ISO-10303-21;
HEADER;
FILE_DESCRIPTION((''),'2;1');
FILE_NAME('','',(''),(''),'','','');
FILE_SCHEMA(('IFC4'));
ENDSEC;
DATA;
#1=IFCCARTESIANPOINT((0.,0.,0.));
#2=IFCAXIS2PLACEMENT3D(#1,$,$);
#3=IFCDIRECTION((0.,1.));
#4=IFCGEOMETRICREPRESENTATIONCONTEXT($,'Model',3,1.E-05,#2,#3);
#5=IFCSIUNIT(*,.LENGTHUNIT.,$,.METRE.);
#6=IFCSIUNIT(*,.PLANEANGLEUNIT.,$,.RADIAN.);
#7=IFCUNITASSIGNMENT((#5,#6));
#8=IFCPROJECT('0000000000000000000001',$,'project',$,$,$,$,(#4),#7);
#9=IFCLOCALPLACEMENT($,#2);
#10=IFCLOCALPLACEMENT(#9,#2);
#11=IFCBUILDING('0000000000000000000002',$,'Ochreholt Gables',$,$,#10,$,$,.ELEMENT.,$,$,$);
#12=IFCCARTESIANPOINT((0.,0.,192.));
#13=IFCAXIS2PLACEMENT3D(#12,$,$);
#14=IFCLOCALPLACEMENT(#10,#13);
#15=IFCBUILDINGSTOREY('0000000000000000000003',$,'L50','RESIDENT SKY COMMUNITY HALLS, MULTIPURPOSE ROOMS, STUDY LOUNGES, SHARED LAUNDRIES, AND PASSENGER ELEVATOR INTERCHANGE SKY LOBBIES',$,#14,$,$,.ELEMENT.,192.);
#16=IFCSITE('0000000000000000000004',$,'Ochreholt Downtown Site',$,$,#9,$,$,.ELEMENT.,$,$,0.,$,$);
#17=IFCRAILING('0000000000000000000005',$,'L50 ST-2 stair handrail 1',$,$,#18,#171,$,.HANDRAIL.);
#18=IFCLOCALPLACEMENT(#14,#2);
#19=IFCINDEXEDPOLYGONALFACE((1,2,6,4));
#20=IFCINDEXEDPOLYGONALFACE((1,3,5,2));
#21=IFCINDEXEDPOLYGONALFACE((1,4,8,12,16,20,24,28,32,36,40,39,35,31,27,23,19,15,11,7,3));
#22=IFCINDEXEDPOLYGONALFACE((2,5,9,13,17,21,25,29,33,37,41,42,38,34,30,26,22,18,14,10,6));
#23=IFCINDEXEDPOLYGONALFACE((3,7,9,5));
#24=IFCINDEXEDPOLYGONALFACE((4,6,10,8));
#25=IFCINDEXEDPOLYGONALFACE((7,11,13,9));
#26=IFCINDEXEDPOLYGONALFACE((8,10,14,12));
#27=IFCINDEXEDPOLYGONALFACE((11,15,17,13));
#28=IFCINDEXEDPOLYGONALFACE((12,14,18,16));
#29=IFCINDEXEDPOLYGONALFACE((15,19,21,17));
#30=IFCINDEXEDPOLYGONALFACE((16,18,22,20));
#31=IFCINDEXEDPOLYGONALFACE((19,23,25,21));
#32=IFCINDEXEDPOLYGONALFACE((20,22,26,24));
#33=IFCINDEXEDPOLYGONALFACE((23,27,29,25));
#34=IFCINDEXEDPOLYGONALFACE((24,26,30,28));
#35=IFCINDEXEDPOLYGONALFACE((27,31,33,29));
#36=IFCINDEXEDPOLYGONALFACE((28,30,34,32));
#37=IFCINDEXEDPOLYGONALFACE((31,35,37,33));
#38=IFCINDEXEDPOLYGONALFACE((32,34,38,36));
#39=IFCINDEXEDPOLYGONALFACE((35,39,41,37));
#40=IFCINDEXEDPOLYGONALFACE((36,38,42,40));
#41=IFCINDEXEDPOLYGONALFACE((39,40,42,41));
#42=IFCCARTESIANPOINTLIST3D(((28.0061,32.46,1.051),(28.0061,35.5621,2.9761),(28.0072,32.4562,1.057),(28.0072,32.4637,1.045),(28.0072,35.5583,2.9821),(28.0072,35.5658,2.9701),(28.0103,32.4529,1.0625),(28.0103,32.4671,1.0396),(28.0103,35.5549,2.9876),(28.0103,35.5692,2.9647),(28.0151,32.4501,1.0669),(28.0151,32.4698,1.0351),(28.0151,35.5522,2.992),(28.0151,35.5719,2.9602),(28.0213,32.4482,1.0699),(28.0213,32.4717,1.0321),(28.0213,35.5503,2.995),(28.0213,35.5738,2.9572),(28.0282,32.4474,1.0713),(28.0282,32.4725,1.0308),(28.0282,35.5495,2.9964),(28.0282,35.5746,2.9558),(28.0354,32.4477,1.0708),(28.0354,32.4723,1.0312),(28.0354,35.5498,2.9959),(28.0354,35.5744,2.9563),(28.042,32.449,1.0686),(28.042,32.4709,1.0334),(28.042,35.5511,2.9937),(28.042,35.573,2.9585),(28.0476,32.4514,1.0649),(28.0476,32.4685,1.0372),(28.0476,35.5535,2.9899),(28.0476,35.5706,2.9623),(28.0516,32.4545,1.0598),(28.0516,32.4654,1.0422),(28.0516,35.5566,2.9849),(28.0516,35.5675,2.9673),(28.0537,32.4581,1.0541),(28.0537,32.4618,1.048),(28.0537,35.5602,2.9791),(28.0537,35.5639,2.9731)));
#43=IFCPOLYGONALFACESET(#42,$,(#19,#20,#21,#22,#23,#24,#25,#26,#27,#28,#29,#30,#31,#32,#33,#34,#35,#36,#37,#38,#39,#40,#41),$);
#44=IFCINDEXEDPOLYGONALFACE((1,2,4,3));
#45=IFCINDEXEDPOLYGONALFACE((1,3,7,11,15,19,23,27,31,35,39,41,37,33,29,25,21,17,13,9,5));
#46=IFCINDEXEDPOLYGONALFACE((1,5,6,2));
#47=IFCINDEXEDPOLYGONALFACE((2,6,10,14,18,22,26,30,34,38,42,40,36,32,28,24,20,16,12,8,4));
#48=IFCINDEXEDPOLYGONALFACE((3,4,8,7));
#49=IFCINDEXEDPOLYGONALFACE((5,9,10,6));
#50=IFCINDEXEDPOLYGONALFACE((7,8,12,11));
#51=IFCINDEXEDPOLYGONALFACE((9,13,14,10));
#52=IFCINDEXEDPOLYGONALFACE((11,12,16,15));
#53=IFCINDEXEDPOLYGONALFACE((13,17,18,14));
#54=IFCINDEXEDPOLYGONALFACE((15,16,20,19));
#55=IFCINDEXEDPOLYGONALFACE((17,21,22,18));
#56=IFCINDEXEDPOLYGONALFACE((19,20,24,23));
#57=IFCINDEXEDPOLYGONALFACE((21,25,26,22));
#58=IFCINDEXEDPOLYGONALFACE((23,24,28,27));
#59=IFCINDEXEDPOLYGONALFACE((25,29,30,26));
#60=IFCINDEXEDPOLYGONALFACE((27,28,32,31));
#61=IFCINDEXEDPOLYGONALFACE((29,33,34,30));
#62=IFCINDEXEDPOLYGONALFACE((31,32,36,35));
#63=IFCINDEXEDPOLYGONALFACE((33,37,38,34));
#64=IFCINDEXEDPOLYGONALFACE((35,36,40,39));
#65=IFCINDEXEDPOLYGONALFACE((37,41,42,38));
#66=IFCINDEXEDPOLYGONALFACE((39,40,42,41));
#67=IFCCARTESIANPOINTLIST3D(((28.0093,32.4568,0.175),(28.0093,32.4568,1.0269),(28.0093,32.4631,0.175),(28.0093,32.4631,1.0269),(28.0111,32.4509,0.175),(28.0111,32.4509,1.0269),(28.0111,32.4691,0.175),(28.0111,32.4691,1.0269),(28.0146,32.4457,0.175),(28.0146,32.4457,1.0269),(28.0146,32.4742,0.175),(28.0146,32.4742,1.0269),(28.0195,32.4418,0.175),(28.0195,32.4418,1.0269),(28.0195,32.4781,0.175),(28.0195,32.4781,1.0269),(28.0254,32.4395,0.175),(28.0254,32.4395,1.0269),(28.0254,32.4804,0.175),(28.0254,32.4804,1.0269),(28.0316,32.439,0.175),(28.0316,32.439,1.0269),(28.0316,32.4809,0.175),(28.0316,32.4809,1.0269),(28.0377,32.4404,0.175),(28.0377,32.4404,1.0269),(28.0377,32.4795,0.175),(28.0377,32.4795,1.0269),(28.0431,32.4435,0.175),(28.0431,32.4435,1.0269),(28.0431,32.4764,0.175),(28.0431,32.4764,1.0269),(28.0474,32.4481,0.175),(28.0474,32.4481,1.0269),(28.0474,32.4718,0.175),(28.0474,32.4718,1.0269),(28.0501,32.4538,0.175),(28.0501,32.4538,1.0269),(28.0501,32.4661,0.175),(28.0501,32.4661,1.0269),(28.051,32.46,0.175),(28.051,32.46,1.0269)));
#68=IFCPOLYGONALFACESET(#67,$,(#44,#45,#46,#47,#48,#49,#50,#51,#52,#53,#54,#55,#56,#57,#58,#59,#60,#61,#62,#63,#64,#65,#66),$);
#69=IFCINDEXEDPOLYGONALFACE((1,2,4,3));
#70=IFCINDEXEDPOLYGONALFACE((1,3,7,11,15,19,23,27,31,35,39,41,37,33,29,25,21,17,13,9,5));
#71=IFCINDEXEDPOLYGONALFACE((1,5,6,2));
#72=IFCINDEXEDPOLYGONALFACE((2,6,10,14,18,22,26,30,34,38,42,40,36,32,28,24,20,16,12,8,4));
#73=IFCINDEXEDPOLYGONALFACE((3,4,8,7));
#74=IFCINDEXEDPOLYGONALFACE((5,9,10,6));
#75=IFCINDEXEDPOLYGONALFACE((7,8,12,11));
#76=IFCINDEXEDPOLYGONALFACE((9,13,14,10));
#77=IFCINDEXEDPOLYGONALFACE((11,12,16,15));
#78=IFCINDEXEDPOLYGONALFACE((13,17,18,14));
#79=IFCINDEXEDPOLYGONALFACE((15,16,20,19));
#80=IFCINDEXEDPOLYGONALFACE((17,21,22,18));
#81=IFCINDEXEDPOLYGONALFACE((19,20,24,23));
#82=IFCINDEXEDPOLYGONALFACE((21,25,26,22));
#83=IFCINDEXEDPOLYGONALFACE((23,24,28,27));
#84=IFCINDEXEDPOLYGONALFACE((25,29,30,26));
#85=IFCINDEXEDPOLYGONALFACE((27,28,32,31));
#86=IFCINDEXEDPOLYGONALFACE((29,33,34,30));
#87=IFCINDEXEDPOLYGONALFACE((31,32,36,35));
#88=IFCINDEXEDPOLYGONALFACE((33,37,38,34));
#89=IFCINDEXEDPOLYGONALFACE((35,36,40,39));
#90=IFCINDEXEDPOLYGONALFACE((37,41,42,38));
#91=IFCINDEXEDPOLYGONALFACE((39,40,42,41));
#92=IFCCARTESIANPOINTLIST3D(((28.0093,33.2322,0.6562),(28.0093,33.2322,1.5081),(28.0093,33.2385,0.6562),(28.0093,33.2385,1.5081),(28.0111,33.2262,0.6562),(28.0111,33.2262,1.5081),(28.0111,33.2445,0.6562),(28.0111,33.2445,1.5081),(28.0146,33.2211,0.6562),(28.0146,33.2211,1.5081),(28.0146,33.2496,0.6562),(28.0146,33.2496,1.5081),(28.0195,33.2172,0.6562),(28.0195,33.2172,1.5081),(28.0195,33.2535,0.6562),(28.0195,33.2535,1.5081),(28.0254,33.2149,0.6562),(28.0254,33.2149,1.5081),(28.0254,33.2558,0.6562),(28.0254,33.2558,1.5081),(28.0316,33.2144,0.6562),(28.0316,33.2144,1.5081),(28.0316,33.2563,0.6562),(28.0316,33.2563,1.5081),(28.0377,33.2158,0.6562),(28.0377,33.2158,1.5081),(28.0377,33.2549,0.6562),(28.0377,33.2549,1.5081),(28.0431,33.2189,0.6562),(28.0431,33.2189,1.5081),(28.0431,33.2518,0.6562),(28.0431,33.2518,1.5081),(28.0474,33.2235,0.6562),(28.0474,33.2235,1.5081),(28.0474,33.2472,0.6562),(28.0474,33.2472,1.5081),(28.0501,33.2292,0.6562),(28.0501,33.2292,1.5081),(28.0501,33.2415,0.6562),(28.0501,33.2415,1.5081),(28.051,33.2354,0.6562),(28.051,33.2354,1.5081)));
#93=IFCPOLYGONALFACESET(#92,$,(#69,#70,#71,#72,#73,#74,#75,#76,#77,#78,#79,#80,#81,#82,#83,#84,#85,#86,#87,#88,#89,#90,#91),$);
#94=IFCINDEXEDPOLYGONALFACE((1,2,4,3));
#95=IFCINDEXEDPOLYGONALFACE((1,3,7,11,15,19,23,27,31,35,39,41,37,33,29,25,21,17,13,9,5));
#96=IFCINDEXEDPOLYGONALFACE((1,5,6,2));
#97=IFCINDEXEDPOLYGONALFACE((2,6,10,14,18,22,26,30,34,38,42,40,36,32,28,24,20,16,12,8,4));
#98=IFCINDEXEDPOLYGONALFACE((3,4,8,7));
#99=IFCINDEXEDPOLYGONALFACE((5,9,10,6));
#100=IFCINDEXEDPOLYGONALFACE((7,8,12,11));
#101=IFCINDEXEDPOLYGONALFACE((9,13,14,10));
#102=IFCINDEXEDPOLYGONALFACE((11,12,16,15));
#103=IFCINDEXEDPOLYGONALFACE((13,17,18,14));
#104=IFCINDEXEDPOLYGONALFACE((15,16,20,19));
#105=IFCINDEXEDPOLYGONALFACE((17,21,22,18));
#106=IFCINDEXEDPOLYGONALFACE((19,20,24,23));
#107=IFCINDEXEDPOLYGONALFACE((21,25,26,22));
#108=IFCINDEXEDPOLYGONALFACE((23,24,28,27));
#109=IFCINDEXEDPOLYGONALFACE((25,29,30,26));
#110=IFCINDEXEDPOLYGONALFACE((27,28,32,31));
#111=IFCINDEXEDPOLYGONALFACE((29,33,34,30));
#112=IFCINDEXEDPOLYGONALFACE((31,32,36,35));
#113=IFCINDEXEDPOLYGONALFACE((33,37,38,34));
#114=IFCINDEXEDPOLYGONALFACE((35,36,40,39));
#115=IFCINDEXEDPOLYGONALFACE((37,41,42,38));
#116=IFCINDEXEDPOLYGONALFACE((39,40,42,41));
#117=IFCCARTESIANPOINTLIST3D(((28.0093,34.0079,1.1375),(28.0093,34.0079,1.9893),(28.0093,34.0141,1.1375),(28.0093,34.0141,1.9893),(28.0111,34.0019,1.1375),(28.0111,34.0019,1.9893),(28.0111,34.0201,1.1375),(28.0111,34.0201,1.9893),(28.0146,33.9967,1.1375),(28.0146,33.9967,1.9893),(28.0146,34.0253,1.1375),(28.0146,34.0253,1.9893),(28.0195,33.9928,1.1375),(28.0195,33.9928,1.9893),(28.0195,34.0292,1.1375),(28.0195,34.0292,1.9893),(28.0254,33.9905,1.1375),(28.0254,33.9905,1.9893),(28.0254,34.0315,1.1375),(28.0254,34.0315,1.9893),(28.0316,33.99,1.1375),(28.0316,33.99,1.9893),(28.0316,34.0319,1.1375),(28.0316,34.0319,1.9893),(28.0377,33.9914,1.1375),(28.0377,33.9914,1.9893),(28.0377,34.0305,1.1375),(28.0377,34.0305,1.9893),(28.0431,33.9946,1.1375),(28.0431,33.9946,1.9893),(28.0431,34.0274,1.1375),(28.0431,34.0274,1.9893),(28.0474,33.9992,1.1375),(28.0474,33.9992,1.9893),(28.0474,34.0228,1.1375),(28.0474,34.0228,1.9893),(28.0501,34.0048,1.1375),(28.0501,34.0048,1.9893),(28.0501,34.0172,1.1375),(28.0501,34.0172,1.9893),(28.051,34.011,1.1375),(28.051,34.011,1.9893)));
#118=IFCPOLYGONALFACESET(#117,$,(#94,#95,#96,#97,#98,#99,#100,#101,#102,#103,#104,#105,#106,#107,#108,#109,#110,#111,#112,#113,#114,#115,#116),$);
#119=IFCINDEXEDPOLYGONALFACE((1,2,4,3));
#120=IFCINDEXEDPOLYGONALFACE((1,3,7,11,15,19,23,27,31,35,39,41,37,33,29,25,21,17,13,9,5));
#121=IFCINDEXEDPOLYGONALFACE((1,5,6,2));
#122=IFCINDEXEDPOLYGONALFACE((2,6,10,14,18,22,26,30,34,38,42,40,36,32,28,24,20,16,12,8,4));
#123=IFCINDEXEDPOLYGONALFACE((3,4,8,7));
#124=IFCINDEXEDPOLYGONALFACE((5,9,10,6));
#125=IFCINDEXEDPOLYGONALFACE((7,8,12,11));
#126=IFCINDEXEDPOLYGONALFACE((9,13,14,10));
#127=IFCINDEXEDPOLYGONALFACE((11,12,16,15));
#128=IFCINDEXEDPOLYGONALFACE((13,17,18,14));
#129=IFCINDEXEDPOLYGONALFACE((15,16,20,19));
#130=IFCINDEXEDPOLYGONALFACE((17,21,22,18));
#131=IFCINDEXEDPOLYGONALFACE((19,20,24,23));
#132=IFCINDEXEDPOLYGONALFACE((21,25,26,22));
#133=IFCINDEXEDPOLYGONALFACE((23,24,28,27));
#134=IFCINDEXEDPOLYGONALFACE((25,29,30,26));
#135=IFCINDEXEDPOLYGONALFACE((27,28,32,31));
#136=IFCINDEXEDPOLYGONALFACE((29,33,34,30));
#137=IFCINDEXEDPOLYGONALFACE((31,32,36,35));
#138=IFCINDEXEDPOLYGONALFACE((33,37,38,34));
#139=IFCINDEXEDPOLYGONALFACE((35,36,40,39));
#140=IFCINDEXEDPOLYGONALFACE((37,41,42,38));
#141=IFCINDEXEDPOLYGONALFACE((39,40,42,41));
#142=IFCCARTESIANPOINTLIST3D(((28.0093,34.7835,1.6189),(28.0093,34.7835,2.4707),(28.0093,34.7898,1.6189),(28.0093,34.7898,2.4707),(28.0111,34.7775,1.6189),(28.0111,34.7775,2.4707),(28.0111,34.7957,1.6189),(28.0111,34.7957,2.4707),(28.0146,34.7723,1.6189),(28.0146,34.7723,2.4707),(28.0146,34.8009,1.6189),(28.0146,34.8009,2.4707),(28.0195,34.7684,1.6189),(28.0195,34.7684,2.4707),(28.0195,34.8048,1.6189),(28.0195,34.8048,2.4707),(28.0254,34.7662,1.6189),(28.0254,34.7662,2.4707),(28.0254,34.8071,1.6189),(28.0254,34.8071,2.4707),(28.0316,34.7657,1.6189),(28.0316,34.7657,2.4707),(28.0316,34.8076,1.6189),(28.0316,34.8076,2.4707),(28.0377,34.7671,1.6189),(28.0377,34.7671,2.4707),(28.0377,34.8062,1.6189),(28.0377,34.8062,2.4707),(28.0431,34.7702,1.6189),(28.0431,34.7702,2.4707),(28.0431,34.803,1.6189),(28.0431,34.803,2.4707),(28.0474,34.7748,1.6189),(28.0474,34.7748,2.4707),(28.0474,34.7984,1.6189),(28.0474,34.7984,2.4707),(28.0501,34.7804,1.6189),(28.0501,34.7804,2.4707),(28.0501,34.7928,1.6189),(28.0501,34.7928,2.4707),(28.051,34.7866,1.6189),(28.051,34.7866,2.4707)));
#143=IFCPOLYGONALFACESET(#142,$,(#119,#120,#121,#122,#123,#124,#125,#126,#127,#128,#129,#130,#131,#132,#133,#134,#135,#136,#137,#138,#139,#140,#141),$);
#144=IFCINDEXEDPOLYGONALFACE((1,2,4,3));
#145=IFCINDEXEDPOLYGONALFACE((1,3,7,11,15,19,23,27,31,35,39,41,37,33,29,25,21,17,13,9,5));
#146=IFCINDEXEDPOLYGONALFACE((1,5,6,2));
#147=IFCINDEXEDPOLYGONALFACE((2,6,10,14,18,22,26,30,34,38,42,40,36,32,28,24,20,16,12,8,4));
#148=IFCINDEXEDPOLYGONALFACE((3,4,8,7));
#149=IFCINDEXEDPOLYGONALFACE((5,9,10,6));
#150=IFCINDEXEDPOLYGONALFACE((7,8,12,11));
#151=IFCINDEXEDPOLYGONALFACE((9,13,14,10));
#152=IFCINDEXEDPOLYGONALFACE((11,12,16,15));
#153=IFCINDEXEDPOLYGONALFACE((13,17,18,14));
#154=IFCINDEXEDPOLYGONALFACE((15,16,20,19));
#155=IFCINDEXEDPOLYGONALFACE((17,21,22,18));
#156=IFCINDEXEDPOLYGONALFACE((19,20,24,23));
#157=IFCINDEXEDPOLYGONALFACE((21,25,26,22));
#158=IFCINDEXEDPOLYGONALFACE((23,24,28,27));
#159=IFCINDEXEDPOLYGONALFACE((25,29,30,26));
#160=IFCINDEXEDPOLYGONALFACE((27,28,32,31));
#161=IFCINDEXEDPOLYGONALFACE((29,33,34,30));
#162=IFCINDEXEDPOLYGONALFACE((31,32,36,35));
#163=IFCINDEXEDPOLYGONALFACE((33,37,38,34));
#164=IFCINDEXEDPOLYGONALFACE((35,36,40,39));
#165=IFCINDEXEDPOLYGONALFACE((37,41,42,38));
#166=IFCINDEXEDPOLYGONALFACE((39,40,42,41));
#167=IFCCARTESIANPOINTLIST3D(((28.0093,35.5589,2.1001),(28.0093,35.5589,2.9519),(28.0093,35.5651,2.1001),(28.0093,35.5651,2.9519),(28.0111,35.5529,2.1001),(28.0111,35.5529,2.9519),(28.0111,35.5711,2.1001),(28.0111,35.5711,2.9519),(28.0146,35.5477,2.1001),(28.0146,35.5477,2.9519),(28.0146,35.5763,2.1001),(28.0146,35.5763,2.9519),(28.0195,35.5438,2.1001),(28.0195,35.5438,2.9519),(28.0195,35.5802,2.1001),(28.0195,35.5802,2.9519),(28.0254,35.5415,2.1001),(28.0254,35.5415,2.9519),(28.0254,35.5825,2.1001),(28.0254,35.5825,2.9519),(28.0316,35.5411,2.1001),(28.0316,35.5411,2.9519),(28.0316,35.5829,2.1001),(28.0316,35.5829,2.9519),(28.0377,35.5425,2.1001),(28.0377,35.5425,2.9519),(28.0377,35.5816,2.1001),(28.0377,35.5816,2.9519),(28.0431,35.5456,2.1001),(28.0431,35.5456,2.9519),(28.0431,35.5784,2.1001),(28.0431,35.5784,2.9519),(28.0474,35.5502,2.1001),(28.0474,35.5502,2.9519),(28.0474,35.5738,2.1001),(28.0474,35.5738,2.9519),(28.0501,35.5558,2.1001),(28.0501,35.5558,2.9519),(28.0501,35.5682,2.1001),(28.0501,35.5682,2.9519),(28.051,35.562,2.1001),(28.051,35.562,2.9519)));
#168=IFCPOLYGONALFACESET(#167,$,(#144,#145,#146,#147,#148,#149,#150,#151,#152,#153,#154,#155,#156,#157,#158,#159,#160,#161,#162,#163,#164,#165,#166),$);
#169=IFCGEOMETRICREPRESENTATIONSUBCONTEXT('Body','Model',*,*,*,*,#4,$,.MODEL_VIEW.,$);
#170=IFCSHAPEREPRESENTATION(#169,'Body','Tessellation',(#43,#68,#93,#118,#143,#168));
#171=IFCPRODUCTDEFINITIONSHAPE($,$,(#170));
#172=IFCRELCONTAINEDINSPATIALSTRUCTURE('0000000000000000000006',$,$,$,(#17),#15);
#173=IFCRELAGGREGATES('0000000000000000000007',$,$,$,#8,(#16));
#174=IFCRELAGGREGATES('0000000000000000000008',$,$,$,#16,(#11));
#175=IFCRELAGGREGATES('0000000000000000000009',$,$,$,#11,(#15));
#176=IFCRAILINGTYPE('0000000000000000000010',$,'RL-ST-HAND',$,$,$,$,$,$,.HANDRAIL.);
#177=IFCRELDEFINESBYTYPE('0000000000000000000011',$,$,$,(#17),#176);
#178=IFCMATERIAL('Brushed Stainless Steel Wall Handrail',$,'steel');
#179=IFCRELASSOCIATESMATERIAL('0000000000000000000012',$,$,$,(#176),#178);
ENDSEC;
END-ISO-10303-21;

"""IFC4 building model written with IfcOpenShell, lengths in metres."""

from ifc_helpers import new_model, si_unit, direction, frame, origin, origin_2d, place, context, subcontext, project, spatial, circle, extrude, material, type_object, element, save


model = new_model("IFC4")

# Units and contexts
model_context = context("Model", 3, precision=1e-05, world=origin(), true_north=direction((0.0, 1.0)))
body_context = subcontext(model_context, "Body", "Model", "MODEL_VIEW")
ifc_project = project(units=[si_unit("LENGTHUNIT", "METRE"), si_unit("PLANEANGLEUNIT", "RADIAN")], contexts=[model_context])

# Site, building, storey
site_placement = place(None, origin())
site = spatial("IfcSite", under=ifc_project, at=site_placement, Name="Ochreholt Downtown Site", CompositionType="ELEMENT", RefElevation=0.0)
building_placement = place(site_placement, origin())
building = spatial("IfcBuilding", under=site, at=building_placement, Name="Ochreholt Gables", CompositionType="ELEMENT")
storey_placement = place(building_placement, frame((0.0, 0.0, 192.0)))
storey = spatial("IfcBuildingStorey", under=building, at=storey_placement, Name="L50", Description="RESIDENT SKY COMMUNITY HALLS, MULTIPURPOSE ROOMS, STUDY LOUNGES, SHARED LAUNDRIES, AND PASSENGER ELEVATOR INTERCHANGE SKY LOBBIES", CompositionType="ELEMENT", Elevation=192.0)

# Railing
ifc_material_1 = material(Name="Brushed Stainless Steel Wall Handrail", Category="steel")
railing_type_1 = type_object("IfcRailingType", Name="RL-ST-HAND", PredefinedType="HANDRAIL", material=ifc_material_1)
railing_1_placement = place(storey_placement, frame((28.03, 32.46, 0.175)))
element("IfcRailing", 1, at=railing_1_placement, inside=storey, type_object=railing_type_1, Name="L50 ST-2 stair handrail 1", PredefinedType="HANDRAIL", context=body_context, shape_type="SweptSolid", body=[
    extrude(circle(Radius=0.0239, at=origin_2d()), frame((0.0, 0.0, 0.876), z_axis=(0.0, 0.849685, 0.527291), x_axis=(-1.0, 0.0, 0.0)), (0.0, 0.0, 1.0), 3.6509),
    extrude(circle(Radius=0.021, at=origin_2d()), origin(), (0.0, 0.0, 1.0), 0.8518),
    extrude(circle(Radius=0.021, at=origin_2d()), frame((0.0, 0.7754, 0.4812)), (0.0, 0.0, 1.0), 0.8518),
    extrude(circle(Radius=0.021, at=origin_2d()), frame((0.0, 1.551, 0.9624)), (0.0, 0.0, 1.0), 0.8518),
    extrude(circle(Radius=0.021, at=origin_2d()), frame((0.0, 2.3267, 1.4438)), (0.0, 0.0, 1.0), 0.8518),
    extrude(circle(Radius=0.021, at=origin_2d()), frame((0.0, 3.1021, 1.925)), (0.0, 0.0, 1.0), 0.8518),
])

save(model, "model.ifc")
